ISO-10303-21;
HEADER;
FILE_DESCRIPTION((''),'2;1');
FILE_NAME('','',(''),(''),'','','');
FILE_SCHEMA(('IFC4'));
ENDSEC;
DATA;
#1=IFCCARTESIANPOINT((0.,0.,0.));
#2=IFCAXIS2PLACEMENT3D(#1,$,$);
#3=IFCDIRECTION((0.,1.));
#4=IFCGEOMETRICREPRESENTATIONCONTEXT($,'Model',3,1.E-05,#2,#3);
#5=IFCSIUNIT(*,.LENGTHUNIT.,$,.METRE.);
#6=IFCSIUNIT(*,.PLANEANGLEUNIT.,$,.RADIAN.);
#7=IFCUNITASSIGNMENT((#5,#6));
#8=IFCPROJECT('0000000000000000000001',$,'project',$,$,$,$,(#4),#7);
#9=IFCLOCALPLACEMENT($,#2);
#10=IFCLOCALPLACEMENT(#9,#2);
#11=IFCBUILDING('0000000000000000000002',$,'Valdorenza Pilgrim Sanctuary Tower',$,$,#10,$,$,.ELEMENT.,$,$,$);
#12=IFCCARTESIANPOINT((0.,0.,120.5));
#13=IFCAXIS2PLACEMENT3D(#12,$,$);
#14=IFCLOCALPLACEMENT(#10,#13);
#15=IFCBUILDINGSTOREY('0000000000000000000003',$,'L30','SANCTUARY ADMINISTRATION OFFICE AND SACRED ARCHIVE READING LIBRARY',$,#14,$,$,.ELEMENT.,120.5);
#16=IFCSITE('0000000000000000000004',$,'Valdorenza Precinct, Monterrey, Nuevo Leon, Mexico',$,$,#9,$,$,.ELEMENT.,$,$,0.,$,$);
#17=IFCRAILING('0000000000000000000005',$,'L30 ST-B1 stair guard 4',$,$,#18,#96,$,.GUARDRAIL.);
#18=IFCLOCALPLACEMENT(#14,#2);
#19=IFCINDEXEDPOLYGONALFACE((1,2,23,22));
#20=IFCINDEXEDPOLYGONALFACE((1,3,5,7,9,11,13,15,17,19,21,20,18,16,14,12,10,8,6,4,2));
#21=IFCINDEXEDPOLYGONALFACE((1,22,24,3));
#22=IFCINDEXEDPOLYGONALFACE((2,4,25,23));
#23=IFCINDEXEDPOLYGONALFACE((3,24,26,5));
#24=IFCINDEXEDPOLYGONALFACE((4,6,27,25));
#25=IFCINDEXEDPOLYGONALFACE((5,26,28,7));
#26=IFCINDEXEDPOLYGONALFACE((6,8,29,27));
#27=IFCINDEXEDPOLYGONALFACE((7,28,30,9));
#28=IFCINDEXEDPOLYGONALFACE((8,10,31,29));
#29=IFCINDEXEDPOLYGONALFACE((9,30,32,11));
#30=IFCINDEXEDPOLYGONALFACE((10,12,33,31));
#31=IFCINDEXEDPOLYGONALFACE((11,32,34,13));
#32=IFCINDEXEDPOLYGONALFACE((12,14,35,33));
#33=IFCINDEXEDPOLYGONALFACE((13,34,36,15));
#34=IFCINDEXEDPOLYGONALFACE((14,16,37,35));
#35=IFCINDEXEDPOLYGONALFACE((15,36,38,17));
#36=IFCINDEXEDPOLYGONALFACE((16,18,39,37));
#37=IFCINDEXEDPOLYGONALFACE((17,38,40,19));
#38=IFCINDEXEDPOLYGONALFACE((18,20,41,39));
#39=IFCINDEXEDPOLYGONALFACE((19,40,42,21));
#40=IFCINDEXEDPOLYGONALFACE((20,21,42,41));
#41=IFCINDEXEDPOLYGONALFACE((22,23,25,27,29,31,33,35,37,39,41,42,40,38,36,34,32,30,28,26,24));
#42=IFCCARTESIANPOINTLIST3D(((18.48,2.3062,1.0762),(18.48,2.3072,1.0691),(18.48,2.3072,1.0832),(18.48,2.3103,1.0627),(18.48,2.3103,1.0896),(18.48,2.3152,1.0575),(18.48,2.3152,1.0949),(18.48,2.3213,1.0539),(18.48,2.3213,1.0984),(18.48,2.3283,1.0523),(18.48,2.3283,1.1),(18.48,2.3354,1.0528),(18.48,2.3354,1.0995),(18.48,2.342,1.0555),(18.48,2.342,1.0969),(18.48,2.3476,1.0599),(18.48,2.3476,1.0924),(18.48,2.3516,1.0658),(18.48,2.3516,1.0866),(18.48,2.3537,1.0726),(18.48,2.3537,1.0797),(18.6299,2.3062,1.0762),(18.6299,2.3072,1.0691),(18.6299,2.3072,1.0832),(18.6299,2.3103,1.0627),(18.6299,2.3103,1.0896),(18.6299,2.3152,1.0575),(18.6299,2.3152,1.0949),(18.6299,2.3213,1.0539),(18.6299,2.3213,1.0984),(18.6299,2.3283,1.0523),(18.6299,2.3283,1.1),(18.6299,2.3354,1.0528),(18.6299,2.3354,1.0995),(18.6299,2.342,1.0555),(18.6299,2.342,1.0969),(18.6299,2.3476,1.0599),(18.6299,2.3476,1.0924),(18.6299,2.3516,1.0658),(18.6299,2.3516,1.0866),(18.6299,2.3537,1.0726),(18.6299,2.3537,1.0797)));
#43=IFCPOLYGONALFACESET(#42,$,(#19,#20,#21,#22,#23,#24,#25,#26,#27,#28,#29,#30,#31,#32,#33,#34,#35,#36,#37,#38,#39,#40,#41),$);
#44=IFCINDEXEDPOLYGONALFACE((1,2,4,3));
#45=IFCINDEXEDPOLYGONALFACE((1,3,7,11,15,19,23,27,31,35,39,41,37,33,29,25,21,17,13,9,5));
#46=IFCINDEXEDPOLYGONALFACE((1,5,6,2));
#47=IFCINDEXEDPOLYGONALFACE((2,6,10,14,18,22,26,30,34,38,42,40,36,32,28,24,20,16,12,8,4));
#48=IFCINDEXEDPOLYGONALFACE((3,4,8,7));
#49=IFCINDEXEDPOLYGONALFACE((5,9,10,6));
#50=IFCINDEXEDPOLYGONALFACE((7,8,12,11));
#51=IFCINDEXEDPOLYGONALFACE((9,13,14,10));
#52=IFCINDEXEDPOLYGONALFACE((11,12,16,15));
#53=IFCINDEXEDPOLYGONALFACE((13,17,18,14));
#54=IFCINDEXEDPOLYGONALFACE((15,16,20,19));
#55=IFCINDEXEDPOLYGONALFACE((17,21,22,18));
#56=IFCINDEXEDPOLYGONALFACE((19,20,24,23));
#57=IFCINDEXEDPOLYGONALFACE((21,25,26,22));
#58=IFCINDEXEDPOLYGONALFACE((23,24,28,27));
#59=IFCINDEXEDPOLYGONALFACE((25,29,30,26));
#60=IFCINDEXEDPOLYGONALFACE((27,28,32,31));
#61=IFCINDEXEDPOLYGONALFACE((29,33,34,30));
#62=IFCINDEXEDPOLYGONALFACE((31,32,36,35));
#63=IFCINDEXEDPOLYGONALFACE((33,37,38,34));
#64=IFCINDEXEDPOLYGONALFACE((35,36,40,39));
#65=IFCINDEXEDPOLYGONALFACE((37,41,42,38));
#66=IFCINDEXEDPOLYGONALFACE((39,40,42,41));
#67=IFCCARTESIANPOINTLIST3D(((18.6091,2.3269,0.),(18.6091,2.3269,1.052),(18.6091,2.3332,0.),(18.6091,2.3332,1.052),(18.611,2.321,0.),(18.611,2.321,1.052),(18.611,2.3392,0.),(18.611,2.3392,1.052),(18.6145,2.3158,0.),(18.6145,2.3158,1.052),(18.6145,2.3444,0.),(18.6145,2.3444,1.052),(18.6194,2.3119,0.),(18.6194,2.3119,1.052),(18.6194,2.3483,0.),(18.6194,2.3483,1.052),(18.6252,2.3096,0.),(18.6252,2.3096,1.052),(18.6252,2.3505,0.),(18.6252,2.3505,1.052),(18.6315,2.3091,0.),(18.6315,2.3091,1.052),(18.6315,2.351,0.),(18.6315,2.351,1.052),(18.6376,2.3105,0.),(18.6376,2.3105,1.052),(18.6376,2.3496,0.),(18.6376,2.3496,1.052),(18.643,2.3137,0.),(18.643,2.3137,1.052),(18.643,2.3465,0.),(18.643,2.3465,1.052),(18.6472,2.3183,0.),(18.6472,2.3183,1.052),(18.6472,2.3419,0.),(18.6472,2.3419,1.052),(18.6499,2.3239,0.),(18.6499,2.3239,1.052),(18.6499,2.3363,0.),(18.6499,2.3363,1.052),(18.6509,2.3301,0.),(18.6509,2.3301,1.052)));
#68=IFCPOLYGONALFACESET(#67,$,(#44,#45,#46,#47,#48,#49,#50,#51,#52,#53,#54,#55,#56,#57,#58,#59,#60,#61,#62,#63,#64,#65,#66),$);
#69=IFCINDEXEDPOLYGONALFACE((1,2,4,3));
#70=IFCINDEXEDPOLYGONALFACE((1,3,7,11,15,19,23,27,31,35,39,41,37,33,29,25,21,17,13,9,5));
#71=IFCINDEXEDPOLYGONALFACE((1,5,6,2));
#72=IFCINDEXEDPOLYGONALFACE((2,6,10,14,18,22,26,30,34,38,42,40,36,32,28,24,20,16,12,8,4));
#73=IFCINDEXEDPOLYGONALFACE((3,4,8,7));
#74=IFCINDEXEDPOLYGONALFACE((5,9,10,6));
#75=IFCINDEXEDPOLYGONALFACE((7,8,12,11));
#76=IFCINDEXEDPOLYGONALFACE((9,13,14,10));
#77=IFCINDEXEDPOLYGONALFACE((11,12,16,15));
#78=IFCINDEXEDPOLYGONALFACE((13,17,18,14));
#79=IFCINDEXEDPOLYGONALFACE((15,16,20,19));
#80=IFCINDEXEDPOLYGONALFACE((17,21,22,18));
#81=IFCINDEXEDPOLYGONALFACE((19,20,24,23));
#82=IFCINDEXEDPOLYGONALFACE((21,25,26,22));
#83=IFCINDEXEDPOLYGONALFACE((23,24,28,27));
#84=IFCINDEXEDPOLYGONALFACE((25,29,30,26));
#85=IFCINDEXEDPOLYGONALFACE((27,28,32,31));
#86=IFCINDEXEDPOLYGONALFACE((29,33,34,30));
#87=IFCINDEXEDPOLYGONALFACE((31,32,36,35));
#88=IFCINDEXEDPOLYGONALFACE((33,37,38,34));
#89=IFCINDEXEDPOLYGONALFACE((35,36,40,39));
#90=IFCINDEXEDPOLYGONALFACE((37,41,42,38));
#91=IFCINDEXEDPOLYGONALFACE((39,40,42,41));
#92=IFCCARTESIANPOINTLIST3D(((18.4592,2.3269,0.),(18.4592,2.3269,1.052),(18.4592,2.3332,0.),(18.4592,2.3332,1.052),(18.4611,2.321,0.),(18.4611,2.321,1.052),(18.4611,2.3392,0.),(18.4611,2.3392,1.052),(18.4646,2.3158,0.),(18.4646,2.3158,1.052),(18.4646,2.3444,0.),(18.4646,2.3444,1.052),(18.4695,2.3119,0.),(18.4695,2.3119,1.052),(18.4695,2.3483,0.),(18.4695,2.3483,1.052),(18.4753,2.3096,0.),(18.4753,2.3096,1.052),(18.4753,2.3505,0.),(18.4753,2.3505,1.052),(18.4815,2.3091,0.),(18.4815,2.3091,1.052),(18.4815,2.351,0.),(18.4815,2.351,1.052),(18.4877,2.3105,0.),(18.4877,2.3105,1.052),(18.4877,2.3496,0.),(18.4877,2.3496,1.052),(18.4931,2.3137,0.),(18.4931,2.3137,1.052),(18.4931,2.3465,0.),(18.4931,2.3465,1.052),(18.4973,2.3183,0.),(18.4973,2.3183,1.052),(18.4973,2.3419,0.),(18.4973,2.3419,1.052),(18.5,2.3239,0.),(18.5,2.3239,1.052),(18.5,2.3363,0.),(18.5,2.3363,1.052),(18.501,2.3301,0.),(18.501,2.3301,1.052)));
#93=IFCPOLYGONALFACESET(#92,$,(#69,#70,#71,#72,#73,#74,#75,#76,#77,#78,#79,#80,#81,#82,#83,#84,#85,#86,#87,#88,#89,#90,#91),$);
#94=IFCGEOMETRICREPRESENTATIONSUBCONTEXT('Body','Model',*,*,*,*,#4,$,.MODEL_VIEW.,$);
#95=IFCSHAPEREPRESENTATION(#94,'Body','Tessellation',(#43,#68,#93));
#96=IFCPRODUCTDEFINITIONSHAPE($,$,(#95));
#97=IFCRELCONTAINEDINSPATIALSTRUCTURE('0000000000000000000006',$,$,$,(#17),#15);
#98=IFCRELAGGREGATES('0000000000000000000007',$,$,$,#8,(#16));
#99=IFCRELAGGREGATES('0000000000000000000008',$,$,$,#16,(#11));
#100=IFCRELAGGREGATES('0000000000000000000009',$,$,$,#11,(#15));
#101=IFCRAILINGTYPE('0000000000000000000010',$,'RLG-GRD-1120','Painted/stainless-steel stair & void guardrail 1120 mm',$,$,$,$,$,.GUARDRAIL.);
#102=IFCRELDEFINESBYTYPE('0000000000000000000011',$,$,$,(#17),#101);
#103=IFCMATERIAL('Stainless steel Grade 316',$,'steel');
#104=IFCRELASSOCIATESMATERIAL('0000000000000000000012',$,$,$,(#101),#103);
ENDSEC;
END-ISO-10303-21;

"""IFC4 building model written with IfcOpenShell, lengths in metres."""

from ifc_helpers import new_model, si_unit, direction, frame, origin, origin_2d, place, context, subcontext, project, spatial, circle, extrude, material, type_object, element, save


model = new_model("IFC4")

# Units and contexts
model_context = context("Model", 3, precision=1e-05, world=origin(), true_north=direction((0.0, 1.0)))
body_context = subcontext(model_context, "Body", "Model", "MODEL_VIEW")
ifc_project = project(units=[si_unit("LENGTHUNIT", "METRE"), si_unit("PLANEANGLEUNIT", "RADIAN")], contexts=[model_context])

# Site, building, storey
site_placement = place(None, origin())
site = spatial("IfcSite", under=ifc_project, at=site_placement, Name="Valdorenza Precinct, Monterrey, Nuevo Leon, Mexico", CompositionType="ELEMENT", RefElevation=0.0)
building_placement = place(site_placement, origin())
building = spatial("IfcBuilding", under=site, at=building_placement, Name="Valdorenza Pilgrim Sanctuary Tower", CompositionType="ELEMENT")
storey_placement = place(building_placement, frame((0.0, 0.0, 120.5)))
storey = spatial("IfcBuildingStorey", under=building, at=storey_placement, Name="L30", Description="SANCTUARY ADMINISTRATION OFFICE AND SACRED ARCHIVE READING LIBRARY", CompositionType="ELEMENT", Elevation=120.5)

# Railing
ifc_material_1 = material(Name="Stainless steel Grade 316", Category="steel")
railing_type_1 = type_object("IfcRailingType", Name="RLG-GRD-1120", Description="Painted/stainless-steel stair & void guardrail 1120 mm", PredefinedType="GUARDRAIL", material=ifc_material_1)
railing_1_placement = place(storey_placement, frame((18.6299, 2.3301, 0.0)))
element("IfcRailing", 1, at=railing_1_placement, inside=storey, type_object=railing_type_1, Name="L30 ST-B1 stair guard 4", PredefinedType="GUARDRAIL", context=body_context, shape_type="SweptSolid", body=[
    extrude(circle(Radius=0.0239, at=origin_2d()), frame((0.0, 0.0, 1.0762), z_axis=(-1.0, 0.0, 0.0), x_axis=(0.0, -1.0, 0.0)), (0.0, 0.0, 1.0), 0.1499),
    extrude(circle(Radius=0.021, at=origin_2d()), origin(), (0.0, 0.0, 1.0), 1.052),
    extrude(circle(Radius=0.021, at=origin_2d()), frame((-0.1499, 0.0, 0.0)), (0.0, 0.0, 1.0), 1.052),
])

save(model, "model.ifc")
